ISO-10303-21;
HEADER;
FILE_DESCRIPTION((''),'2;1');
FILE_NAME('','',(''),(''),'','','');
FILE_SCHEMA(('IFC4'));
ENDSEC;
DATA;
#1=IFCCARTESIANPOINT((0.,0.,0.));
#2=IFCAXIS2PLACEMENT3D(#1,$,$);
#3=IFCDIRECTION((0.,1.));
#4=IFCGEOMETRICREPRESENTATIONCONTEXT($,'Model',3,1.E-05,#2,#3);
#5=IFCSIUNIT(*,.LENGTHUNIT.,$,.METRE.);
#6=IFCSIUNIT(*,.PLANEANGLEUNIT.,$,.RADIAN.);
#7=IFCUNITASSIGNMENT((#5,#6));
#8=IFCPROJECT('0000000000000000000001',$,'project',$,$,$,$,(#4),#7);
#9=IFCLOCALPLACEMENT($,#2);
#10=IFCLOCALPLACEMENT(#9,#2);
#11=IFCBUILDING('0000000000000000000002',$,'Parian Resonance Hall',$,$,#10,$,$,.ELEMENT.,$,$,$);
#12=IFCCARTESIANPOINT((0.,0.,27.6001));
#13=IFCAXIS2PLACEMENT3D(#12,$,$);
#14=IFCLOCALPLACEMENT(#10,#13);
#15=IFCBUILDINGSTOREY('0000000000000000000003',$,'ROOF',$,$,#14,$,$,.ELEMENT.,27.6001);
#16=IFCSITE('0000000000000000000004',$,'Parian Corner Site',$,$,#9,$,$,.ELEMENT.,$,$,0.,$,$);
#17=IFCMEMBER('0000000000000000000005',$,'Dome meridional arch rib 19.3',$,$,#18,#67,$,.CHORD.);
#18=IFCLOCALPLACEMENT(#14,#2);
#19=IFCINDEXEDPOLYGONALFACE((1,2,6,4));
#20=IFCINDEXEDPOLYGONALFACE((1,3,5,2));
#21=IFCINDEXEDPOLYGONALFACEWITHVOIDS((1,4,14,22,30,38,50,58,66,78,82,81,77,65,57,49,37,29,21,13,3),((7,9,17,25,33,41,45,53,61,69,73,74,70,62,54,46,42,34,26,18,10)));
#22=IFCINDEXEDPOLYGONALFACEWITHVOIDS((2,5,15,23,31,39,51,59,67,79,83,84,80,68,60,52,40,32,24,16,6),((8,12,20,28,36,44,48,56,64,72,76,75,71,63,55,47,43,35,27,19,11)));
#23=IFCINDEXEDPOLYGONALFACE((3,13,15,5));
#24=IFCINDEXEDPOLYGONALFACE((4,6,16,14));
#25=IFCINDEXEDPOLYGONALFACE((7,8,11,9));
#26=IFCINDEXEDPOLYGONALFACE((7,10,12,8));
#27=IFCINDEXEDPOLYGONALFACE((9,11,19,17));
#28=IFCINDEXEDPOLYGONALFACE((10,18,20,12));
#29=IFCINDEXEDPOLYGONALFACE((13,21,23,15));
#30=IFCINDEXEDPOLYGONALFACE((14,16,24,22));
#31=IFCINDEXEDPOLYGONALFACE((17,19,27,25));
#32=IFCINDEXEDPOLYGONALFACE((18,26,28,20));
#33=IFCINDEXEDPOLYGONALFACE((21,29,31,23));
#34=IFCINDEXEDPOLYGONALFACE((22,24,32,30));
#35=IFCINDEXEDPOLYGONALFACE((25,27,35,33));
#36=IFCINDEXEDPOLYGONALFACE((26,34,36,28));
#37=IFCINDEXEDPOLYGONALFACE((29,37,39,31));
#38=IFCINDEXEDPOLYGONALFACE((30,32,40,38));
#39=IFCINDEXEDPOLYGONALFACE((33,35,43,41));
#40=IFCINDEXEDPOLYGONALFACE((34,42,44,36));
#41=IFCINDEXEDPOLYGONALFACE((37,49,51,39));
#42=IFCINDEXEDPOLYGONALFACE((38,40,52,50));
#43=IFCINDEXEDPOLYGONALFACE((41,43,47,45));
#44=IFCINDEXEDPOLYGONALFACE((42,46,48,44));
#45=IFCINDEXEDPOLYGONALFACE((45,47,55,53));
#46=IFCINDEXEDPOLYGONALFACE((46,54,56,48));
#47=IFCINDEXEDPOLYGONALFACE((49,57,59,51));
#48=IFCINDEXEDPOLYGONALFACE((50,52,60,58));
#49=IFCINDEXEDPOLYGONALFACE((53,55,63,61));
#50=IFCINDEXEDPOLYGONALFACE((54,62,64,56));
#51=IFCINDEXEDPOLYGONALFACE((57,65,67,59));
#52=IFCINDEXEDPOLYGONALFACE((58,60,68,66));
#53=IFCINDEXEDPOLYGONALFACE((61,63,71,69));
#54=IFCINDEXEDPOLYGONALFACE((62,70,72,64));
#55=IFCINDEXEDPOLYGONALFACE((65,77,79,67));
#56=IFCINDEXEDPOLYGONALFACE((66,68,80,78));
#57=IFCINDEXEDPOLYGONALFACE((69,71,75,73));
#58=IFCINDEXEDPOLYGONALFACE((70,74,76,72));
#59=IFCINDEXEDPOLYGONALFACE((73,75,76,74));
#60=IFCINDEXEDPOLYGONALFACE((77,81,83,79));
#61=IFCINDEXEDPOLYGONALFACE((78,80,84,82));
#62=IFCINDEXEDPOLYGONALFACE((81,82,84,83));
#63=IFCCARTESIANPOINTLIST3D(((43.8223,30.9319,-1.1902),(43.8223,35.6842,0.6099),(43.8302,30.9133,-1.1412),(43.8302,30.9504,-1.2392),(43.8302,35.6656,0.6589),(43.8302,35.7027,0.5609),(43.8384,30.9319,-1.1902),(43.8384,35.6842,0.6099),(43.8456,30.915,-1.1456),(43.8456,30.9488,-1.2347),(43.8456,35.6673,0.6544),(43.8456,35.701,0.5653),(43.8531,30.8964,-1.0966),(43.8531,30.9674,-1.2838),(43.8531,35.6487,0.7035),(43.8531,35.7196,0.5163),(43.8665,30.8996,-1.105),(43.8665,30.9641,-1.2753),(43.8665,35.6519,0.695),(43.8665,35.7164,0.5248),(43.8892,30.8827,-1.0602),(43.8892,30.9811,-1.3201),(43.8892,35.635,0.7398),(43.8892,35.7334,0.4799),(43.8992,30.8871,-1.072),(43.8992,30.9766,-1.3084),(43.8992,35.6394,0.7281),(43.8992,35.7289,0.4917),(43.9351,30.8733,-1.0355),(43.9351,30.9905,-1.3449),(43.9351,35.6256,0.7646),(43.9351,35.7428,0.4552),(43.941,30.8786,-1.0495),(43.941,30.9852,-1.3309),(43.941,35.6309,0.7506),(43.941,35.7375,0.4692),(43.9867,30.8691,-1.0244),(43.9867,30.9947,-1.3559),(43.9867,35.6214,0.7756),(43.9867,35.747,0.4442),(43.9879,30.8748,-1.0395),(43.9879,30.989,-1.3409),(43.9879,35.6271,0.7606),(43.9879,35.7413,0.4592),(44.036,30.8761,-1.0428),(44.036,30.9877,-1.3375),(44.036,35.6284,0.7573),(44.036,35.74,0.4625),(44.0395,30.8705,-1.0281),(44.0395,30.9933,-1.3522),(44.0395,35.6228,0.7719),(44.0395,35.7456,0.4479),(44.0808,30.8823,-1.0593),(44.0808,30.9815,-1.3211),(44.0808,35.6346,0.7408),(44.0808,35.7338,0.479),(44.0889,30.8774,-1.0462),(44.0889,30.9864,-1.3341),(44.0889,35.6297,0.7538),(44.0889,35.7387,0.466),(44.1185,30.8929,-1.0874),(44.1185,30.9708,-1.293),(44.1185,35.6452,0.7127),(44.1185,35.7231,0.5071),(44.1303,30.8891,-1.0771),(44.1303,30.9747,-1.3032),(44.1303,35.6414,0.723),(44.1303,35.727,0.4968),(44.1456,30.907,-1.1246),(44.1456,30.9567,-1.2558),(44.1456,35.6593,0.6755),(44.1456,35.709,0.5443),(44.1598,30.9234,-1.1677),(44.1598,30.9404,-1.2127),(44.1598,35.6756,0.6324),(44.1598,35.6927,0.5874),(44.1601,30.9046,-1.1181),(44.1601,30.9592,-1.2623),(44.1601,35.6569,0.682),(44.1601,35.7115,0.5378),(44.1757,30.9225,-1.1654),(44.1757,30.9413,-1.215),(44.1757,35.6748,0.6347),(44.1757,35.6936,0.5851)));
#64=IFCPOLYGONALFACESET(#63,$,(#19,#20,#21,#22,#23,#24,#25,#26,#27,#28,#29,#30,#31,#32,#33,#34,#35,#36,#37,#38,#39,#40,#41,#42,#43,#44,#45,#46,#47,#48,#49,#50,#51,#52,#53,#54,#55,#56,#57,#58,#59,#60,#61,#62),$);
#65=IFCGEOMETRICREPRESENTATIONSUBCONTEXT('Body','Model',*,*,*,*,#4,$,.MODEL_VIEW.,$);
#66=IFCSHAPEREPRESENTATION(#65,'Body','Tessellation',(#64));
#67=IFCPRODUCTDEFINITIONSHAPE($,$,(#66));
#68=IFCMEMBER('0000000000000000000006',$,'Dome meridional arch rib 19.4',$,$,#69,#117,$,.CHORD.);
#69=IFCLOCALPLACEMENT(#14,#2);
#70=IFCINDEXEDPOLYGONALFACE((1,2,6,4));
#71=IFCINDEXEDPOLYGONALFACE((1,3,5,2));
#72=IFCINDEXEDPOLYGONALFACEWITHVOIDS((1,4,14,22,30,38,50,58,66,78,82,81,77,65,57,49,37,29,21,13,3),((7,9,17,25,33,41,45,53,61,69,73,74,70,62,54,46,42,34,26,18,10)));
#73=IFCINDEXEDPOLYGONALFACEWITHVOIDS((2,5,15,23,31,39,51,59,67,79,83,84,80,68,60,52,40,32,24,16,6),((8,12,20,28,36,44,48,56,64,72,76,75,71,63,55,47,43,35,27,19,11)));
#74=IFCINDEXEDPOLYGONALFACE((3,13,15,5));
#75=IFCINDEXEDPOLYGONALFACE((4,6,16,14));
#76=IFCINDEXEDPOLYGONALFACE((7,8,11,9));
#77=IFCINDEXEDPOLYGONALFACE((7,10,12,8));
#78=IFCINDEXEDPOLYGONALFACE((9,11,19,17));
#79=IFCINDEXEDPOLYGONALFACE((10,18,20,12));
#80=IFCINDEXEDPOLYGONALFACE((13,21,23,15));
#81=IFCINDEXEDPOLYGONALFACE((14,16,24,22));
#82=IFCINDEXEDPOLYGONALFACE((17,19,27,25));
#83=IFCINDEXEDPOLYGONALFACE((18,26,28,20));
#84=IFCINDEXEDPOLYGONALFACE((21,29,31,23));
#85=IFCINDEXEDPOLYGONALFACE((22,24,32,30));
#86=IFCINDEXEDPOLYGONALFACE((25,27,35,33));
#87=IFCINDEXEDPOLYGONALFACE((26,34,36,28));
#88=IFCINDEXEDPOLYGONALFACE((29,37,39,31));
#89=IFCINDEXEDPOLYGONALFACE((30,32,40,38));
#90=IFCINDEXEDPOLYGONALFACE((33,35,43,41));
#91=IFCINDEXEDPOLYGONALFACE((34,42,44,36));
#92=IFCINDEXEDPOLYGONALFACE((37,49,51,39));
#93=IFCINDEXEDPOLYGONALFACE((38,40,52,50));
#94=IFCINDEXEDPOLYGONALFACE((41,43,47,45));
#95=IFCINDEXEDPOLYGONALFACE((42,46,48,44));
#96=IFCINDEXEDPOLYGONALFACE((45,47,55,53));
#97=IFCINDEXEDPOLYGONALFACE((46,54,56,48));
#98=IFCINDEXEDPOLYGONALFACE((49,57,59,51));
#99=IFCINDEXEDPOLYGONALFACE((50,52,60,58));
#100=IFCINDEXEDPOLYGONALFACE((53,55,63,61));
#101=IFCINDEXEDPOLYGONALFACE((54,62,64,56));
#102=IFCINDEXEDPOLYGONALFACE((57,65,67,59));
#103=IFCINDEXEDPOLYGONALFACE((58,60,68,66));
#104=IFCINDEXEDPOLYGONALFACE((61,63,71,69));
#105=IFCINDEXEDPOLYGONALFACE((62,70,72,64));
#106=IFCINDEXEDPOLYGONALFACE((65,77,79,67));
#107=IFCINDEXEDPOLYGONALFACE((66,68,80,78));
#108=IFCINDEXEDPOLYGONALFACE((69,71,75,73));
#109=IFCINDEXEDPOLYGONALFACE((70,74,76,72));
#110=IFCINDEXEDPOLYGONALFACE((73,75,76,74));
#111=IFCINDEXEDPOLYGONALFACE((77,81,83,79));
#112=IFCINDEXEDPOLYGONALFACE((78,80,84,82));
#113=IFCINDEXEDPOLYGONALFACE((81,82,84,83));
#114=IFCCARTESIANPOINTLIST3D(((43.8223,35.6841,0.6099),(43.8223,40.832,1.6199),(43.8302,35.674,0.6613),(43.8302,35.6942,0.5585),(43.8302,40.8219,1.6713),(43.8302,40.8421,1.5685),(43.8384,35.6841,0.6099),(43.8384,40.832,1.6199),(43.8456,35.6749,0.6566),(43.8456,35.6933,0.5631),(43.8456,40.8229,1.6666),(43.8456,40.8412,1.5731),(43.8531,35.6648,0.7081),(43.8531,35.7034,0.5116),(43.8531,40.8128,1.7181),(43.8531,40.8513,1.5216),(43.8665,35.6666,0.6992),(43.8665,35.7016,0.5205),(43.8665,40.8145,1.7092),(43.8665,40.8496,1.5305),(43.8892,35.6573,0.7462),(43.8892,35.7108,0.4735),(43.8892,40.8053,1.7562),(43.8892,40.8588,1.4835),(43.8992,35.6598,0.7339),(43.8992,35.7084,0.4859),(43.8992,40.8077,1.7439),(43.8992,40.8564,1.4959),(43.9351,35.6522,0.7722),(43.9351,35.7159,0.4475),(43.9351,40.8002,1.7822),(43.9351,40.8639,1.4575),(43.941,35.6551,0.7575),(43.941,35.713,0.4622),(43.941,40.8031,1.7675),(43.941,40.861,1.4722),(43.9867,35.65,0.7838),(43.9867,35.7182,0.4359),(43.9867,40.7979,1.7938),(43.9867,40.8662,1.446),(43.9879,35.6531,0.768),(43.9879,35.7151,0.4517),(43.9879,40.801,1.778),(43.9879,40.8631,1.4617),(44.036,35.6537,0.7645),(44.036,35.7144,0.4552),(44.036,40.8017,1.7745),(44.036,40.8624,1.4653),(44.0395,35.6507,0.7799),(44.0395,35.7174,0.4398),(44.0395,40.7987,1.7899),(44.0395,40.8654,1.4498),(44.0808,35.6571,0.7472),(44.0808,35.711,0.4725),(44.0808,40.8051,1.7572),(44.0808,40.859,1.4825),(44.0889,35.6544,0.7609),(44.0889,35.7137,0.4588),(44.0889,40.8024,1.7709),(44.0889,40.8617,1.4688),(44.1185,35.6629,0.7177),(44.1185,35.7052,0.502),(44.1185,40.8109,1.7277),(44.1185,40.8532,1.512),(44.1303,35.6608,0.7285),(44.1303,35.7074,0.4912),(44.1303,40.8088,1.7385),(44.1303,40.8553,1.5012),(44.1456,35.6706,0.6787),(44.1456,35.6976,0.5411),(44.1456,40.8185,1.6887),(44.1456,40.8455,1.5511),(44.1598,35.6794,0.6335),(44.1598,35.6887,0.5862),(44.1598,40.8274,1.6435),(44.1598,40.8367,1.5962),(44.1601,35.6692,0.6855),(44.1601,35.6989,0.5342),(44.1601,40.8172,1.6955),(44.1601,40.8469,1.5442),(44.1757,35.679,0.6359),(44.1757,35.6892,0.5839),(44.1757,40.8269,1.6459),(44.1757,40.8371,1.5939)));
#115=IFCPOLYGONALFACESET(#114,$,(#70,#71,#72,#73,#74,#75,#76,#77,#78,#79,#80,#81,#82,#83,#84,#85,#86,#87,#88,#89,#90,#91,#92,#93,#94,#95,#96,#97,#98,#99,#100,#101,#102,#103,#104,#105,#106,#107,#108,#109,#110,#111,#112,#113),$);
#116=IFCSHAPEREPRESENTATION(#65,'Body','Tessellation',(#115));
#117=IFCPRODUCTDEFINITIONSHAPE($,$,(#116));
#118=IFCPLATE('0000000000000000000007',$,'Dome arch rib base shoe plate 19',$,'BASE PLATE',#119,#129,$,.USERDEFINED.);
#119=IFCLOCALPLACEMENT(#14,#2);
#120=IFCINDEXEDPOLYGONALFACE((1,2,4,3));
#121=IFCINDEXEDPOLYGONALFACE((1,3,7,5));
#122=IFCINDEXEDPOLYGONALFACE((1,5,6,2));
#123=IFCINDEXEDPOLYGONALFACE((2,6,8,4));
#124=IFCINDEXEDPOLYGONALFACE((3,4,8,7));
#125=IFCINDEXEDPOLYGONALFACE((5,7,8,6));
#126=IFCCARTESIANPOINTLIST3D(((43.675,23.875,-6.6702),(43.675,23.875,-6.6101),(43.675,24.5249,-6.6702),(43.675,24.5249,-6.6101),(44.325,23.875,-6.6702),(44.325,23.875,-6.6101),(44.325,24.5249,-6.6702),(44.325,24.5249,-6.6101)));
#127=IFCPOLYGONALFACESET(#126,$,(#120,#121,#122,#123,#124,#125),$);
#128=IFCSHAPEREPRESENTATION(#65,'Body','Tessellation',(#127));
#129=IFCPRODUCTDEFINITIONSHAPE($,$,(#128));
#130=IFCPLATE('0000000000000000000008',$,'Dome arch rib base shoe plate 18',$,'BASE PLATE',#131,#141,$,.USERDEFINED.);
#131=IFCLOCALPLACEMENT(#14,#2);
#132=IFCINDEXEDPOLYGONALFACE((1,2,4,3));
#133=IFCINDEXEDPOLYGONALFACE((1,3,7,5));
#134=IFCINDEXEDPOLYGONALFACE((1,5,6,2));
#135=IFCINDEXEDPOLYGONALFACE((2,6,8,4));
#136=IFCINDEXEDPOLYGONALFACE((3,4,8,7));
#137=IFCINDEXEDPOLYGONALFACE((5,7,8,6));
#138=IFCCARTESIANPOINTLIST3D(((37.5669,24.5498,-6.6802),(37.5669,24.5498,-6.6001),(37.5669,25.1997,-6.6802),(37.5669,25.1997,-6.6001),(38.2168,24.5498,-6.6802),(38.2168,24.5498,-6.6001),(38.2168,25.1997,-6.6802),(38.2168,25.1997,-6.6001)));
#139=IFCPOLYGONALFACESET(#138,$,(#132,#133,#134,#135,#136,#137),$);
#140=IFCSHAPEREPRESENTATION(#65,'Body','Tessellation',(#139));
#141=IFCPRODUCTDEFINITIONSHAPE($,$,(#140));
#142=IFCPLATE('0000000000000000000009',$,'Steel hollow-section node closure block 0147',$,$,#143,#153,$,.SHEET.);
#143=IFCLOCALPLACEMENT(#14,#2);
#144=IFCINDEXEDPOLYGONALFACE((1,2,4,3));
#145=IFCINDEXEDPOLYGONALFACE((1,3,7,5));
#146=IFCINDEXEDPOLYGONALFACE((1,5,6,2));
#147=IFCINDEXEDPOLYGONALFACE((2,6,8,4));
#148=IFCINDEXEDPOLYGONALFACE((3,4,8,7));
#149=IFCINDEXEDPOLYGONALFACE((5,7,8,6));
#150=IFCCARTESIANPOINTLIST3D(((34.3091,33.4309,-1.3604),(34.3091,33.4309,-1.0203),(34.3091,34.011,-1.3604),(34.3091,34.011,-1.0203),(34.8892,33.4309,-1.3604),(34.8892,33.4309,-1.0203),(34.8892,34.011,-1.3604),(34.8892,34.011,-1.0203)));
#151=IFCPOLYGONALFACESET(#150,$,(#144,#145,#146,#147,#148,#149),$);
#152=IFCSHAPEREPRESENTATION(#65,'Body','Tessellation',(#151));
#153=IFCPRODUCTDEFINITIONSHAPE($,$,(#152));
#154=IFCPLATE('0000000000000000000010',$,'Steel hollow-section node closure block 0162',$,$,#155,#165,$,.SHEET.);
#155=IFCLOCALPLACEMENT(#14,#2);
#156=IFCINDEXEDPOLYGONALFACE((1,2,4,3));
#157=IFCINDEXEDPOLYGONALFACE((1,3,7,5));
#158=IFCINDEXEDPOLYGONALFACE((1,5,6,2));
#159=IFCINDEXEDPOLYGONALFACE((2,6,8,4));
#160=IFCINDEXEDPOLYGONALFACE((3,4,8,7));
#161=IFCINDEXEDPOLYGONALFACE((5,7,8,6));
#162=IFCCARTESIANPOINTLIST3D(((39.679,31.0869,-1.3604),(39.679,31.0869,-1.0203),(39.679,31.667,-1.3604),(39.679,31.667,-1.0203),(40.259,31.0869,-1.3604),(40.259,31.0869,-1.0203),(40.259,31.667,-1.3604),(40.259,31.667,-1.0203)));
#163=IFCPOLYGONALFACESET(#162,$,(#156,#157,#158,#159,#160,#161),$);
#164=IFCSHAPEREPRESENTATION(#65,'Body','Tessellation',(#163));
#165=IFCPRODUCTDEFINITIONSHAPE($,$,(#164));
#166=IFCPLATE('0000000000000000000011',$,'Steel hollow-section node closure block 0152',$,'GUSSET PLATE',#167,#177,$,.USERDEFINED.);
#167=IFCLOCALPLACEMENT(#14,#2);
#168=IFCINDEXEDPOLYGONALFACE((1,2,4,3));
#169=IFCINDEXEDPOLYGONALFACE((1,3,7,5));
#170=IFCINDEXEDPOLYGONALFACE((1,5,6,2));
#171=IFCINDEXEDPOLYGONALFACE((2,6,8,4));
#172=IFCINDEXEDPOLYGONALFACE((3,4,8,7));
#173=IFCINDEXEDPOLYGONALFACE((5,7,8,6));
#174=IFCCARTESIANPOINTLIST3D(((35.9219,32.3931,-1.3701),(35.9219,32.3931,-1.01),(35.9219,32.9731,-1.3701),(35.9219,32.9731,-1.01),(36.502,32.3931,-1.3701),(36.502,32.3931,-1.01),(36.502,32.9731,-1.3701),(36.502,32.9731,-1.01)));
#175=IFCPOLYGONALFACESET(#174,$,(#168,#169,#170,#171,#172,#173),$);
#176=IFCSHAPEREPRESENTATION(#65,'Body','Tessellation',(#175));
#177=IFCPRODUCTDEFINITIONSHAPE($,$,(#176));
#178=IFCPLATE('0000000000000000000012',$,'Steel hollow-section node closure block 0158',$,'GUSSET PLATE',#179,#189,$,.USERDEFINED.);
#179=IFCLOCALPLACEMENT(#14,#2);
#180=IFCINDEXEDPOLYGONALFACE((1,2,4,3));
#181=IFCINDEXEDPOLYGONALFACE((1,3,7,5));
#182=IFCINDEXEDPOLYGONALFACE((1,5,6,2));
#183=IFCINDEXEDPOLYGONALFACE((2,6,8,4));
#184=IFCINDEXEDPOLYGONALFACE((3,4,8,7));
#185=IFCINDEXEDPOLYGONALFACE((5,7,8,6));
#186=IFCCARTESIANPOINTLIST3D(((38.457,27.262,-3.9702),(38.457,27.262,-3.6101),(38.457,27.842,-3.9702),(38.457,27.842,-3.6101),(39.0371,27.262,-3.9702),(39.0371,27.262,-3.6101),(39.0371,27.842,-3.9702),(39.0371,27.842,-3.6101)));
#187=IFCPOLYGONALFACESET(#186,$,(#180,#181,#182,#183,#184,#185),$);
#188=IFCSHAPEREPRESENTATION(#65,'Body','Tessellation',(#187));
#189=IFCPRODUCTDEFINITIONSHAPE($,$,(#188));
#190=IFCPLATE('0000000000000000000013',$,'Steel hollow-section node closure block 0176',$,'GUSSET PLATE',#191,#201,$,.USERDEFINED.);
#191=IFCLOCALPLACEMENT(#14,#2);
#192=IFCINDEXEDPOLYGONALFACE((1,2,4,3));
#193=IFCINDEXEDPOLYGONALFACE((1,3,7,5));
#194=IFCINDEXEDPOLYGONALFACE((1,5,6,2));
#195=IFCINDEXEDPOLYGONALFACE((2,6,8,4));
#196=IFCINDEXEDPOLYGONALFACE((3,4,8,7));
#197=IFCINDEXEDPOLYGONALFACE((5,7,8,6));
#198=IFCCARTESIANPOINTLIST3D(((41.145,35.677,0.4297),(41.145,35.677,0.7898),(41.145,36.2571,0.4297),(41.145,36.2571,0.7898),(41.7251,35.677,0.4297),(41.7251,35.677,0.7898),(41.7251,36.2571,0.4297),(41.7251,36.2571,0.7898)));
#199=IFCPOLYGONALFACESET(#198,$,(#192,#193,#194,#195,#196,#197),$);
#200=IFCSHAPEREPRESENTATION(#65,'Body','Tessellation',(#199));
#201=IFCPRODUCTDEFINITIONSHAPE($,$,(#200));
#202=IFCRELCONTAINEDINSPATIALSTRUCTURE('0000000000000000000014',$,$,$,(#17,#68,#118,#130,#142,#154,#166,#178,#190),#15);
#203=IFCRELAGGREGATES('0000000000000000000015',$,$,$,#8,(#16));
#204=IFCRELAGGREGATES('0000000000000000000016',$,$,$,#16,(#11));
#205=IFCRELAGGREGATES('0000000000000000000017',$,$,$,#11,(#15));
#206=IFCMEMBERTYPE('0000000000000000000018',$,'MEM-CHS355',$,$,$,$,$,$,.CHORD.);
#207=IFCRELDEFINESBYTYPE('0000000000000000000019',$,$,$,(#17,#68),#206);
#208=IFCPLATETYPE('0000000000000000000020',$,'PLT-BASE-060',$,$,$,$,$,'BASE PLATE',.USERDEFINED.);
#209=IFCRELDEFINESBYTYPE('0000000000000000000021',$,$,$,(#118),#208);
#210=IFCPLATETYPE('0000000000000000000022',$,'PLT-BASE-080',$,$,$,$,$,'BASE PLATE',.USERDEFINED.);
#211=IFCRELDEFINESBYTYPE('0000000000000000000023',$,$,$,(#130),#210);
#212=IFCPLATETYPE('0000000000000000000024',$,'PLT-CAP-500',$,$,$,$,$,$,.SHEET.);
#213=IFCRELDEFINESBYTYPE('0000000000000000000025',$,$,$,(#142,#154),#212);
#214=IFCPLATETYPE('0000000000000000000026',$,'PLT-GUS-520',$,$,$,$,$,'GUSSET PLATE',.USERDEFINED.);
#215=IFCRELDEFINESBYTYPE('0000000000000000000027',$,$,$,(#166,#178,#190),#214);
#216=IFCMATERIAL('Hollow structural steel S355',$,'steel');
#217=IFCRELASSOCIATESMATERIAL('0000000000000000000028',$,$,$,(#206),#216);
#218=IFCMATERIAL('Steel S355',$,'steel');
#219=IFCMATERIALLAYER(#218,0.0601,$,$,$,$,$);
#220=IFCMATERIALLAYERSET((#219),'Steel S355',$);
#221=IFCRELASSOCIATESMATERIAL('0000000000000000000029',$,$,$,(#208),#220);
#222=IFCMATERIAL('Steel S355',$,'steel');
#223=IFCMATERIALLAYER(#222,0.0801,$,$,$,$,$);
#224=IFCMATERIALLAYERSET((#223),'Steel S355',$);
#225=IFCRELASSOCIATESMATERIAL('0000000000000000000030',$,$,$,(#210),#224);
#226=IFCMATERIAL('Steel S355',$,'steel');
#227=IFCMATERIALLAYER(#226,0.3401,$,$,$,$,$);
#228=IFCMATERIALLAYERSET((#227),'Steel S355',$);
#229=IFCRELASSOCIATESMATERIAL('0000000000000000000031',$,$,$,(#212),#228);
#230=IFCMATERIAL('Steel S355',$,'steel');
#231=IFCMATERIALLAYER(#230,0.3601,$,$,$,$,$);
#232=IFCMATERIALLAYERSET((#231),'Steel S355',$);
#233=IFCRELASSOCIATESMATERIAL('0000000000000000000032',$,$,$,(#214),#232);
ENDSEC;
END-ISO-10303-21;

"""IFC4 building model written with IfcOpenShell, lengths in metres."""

from ifc_helpers import new_model, si_unit, direction, frame, origin, origin_2d, place, context, subcontext, project, spatial, rectangle, hollow_circle, extrude, material, layer, layer_set, material_profile, profile_set, type_object, element, save


model = new_model("IFC4")

# Units and contexts
model_context = context("Model", 3, precision=1e-05, world=origin(), true_north=direction((0.0, 1.0)))
body_context = subcontext(model_context, "Body", "Model", "MODEL_VIEW")
ifc_project = project(units=[si_unit("LENGTHUNIT", "METRE"), si_unit("PLANEANGLEUNIT", "RADIAN")], contexts=[model_context])

# Site, building, storey
site_placement = place(None, origin())
site = spatial("IfcSite", under=ifc_project, at=site_placement, Name="Parian Corner Site", CompositionType="ELEMENT", RefElevation=0.0)
building_placement = place(site_placement, origin())
building = spatial("IfcBuilding", under=site, at=building_placement, Name="Parian Resonance Hall", CompositionType="ELEMENT")
storey_placement = place(building_placement, frame((0.0, 0.0, 27.6001)))
storey = spatial("IfcBuildingStorey", under=building, at=storey_placement, Name="ROOF", CompositionType="ELEMENT", Elevation=27.6001)

# Members
ifc_material_1 = material(Name="Hollow structural steel S355", Category="steel")
ifc_material_profile_1 = material_profile(ifc_material_1, hollow_circle(Radius=0.1777, WallThickness=0.0161, at=origin_2d()), Name="CHS355.6x16")
ifc_profile_set_1 = profile_set([ifc_material_profile_1], Name="Hollow structural steel S355")
member_type_1 = type_object("IfcMemberType", Name="MEM-CHS355", PredefinedType="CHORD", material=ifc_profile_set_1)
member_1_placement = place(storey_placement, frame((44.0, 30.9319, -1.1902), z_axis=(0.0, 0.935161, 0.354223), x_axis=(-1.0, 0.0, 0.0)))
element("IfcMember", 1, at=member_1_placement, inside=storey, type_object=member_type_1, Name="Dome meridional arch rib 19.3", PredefinedType="CHORD", context=body_context, shape_type="SweptSolid", body=[
    extrude(hollow_circle(Radius=0.1777, WallThickness=0.0161, at=origin_2d()), origin(), (0.0, 0.0, 1.0), 5.0818),
])
member_2_placement = place(storey_placement, frame((44.0, 35.6841, 0.6099), z_axis=(0.0, 0.981292, 0.192526), x_axis=(-1.0, 0.0, 0.0)))
element("IfcMember", 2, at=member_2_placement, inside=storey, type_object=member_type_1, Name="Dome meridional arch rib 19.4", PredefinedType="CHORD", context=body_context, shape_type="SweptSolid", body=[
    extrude(hollow_circle(Radius=0.1777, WallThickness=0.0161, at=origin_2d()), origin(), (0.0, 0.0, 1.0), 5.2461),
])

# Plates
ifc_material_2 = material(Name="Steel S355", Category="steel")
ifc_layer_1 = layer(ifc_material_2, 0.0601)
ifc_layer_set_1 = layer_set([ifc_layer_1], Name="Steel S355")
plate_type_1 = type_object("IfcPlateType", Name="PLT-BASE-060", ElementType="BASE PLATE", PredefinedType="USERDEFINED", material=ifc_layer_set_1)
plate_1_placement = place(storey_placement, frame((44.0, 24.2, -6.6702), z_axis=(0.0, 0.0, 1.0), x_axis=(1.0, 0.0, 0.0)))
element("IfcPlate", 3, at=plate_1_placement, inside=storey, type_object=plate_type_1, Name="Dome arch rib base shoe plate 19", ObjectType="BASE PLATE", PredefinedType="USERDEFINED", context=body_context, shape_type="SweptSolid", body=[
    extrude(rectangle(XDim=0.6499, YDim=0.6499, at=origin_2d()), origin(), (0.0, 0.0, 1.0), 0.0601),
])
ifc_material_3 = material(Name="Steel S355", Category="steel")
ifc_layer_2 = layer(ifc_material_3, 0.0801)
ifc_layer_set_2 = layer_set([ifc_layer_2], Name="Steel S355")
plate_type_2 = type_object("IfcPlateType", Name="PLT-BASE-080", ElementType="BASE PLATE", PredefinedType="USERDEFINED", material=ifc_layer_set_2)
plate_2_placement = place(storey_placement, frame((37.8918, 24.8748, -6.6802), z_axis=(0.0, 0.0, 1.0), x_axis=(1.0, 0.0, 0.0)))
element("IfcPlate", 4, at=plate_2_placement, inside=storey, type_object=plate_type_2, Name="Dome arch rib base shoe plate 18", ObjectType="BASE PLATE", PredefinedType="USERDEFINED", context=body_context, shape_type="SweptSolid", body=[
    extrude(rectangle(XDim=0.6499, YDim=0.6499, at=origin_2d()), origin(), (0.0, 0.0, 1.0), 0.0801),
])
ifc_material_4 = material(Name="Steel S355", Category="steel")
ifc_layer_3 = layer(ifc_material_4, 0.3401)
ifc_layer_set_3 = layer_set([ifc_layer_3], Name="Steel S355")
plate_type_3 = type_object("IfcPlateType", Name="PLT-CAP-500", PredefinedType="SHEET", material=ifc_layer_set_3)
for number, where, z_axis, x_axis, name in (
    (5, (34.5991, 33.7209, -1.3604), (0.0, 0.0, 1.0), (1.0, 0.0, 0.0), "Steel hollow-section node closure block 0147"),
    (6, (39.969, 31.377, -1.3604), (0.0, 0.0, 1.0), (1.0, 0.0, 0.0), "Steel hollow-section node closure block 0162"),
):
    element("IfcPlate", number, at=place(storey_placement, frame(where, z_axis=z_axis, x_axis=x_axis)), inside=storey, type_object=plate_type_3, Name=name, PredefinedType="SHEET", context=body_context, shape_type="SweptSolid", body=[
        extrude(rectangle(XDim=0.5801, YDim=0.5801, at=origin_2d()), origin(), (0.0, 0.0, 1.0), 0.3401),
    ])
ifc_material_5 = material(Name="Steel S355", Category="steel")
ifc_layer_4 = layer(ifc_material_5, 0.3601)
ifc_layer_set_4 = layer_set([ifc_layer_4], Name="Steel S355")
plate_type_4 = type_object("IfcPlateType", Name="PLT-GUS-520", ElementType="GUSSET PLATE", PredefinedType="USERDEFINED", material=ifc_layer_set_4)
for number, where, z_axis, x_axis, name in (
    (7, (36.2119, 32.6831, -1.3701), (0.0, 0.0, 1.0), (1.0, 0.0, 0.0), "Steel hollow-section node closure block 0152"),
    (8, (38.7471, 27.552, -3.9702), (0.0, 0.0, 1.0), (1.0, 0.0, 0.0), "Steel hollow-section node closure block 0158"),
    (9, (41.4351, 35.967, 0.4297), (0.0, 0.0, 1.0), (1.0, 0.0, 0.0), "Steel hollow-section node closure block 0176"),
):
    element("IfcPlate", number, at=place(storey_placement, frame(where, z_axis=z_axis, x_axis=x_axis)), inside=storey, type_object=plate_type_4, Name=name, ObjectType="GUSSET PLATE", PredefinedType="USERDEFINED", context=body_context, shape_type="SweptSolid", body=[
        extrude(rectangle(XDim=0.5801, YDim=0.5801, at=origin_2d()), origin(), (0.0, 0.0, 1.0), 0.3601),
    ])

save(model, "model.ifc")
